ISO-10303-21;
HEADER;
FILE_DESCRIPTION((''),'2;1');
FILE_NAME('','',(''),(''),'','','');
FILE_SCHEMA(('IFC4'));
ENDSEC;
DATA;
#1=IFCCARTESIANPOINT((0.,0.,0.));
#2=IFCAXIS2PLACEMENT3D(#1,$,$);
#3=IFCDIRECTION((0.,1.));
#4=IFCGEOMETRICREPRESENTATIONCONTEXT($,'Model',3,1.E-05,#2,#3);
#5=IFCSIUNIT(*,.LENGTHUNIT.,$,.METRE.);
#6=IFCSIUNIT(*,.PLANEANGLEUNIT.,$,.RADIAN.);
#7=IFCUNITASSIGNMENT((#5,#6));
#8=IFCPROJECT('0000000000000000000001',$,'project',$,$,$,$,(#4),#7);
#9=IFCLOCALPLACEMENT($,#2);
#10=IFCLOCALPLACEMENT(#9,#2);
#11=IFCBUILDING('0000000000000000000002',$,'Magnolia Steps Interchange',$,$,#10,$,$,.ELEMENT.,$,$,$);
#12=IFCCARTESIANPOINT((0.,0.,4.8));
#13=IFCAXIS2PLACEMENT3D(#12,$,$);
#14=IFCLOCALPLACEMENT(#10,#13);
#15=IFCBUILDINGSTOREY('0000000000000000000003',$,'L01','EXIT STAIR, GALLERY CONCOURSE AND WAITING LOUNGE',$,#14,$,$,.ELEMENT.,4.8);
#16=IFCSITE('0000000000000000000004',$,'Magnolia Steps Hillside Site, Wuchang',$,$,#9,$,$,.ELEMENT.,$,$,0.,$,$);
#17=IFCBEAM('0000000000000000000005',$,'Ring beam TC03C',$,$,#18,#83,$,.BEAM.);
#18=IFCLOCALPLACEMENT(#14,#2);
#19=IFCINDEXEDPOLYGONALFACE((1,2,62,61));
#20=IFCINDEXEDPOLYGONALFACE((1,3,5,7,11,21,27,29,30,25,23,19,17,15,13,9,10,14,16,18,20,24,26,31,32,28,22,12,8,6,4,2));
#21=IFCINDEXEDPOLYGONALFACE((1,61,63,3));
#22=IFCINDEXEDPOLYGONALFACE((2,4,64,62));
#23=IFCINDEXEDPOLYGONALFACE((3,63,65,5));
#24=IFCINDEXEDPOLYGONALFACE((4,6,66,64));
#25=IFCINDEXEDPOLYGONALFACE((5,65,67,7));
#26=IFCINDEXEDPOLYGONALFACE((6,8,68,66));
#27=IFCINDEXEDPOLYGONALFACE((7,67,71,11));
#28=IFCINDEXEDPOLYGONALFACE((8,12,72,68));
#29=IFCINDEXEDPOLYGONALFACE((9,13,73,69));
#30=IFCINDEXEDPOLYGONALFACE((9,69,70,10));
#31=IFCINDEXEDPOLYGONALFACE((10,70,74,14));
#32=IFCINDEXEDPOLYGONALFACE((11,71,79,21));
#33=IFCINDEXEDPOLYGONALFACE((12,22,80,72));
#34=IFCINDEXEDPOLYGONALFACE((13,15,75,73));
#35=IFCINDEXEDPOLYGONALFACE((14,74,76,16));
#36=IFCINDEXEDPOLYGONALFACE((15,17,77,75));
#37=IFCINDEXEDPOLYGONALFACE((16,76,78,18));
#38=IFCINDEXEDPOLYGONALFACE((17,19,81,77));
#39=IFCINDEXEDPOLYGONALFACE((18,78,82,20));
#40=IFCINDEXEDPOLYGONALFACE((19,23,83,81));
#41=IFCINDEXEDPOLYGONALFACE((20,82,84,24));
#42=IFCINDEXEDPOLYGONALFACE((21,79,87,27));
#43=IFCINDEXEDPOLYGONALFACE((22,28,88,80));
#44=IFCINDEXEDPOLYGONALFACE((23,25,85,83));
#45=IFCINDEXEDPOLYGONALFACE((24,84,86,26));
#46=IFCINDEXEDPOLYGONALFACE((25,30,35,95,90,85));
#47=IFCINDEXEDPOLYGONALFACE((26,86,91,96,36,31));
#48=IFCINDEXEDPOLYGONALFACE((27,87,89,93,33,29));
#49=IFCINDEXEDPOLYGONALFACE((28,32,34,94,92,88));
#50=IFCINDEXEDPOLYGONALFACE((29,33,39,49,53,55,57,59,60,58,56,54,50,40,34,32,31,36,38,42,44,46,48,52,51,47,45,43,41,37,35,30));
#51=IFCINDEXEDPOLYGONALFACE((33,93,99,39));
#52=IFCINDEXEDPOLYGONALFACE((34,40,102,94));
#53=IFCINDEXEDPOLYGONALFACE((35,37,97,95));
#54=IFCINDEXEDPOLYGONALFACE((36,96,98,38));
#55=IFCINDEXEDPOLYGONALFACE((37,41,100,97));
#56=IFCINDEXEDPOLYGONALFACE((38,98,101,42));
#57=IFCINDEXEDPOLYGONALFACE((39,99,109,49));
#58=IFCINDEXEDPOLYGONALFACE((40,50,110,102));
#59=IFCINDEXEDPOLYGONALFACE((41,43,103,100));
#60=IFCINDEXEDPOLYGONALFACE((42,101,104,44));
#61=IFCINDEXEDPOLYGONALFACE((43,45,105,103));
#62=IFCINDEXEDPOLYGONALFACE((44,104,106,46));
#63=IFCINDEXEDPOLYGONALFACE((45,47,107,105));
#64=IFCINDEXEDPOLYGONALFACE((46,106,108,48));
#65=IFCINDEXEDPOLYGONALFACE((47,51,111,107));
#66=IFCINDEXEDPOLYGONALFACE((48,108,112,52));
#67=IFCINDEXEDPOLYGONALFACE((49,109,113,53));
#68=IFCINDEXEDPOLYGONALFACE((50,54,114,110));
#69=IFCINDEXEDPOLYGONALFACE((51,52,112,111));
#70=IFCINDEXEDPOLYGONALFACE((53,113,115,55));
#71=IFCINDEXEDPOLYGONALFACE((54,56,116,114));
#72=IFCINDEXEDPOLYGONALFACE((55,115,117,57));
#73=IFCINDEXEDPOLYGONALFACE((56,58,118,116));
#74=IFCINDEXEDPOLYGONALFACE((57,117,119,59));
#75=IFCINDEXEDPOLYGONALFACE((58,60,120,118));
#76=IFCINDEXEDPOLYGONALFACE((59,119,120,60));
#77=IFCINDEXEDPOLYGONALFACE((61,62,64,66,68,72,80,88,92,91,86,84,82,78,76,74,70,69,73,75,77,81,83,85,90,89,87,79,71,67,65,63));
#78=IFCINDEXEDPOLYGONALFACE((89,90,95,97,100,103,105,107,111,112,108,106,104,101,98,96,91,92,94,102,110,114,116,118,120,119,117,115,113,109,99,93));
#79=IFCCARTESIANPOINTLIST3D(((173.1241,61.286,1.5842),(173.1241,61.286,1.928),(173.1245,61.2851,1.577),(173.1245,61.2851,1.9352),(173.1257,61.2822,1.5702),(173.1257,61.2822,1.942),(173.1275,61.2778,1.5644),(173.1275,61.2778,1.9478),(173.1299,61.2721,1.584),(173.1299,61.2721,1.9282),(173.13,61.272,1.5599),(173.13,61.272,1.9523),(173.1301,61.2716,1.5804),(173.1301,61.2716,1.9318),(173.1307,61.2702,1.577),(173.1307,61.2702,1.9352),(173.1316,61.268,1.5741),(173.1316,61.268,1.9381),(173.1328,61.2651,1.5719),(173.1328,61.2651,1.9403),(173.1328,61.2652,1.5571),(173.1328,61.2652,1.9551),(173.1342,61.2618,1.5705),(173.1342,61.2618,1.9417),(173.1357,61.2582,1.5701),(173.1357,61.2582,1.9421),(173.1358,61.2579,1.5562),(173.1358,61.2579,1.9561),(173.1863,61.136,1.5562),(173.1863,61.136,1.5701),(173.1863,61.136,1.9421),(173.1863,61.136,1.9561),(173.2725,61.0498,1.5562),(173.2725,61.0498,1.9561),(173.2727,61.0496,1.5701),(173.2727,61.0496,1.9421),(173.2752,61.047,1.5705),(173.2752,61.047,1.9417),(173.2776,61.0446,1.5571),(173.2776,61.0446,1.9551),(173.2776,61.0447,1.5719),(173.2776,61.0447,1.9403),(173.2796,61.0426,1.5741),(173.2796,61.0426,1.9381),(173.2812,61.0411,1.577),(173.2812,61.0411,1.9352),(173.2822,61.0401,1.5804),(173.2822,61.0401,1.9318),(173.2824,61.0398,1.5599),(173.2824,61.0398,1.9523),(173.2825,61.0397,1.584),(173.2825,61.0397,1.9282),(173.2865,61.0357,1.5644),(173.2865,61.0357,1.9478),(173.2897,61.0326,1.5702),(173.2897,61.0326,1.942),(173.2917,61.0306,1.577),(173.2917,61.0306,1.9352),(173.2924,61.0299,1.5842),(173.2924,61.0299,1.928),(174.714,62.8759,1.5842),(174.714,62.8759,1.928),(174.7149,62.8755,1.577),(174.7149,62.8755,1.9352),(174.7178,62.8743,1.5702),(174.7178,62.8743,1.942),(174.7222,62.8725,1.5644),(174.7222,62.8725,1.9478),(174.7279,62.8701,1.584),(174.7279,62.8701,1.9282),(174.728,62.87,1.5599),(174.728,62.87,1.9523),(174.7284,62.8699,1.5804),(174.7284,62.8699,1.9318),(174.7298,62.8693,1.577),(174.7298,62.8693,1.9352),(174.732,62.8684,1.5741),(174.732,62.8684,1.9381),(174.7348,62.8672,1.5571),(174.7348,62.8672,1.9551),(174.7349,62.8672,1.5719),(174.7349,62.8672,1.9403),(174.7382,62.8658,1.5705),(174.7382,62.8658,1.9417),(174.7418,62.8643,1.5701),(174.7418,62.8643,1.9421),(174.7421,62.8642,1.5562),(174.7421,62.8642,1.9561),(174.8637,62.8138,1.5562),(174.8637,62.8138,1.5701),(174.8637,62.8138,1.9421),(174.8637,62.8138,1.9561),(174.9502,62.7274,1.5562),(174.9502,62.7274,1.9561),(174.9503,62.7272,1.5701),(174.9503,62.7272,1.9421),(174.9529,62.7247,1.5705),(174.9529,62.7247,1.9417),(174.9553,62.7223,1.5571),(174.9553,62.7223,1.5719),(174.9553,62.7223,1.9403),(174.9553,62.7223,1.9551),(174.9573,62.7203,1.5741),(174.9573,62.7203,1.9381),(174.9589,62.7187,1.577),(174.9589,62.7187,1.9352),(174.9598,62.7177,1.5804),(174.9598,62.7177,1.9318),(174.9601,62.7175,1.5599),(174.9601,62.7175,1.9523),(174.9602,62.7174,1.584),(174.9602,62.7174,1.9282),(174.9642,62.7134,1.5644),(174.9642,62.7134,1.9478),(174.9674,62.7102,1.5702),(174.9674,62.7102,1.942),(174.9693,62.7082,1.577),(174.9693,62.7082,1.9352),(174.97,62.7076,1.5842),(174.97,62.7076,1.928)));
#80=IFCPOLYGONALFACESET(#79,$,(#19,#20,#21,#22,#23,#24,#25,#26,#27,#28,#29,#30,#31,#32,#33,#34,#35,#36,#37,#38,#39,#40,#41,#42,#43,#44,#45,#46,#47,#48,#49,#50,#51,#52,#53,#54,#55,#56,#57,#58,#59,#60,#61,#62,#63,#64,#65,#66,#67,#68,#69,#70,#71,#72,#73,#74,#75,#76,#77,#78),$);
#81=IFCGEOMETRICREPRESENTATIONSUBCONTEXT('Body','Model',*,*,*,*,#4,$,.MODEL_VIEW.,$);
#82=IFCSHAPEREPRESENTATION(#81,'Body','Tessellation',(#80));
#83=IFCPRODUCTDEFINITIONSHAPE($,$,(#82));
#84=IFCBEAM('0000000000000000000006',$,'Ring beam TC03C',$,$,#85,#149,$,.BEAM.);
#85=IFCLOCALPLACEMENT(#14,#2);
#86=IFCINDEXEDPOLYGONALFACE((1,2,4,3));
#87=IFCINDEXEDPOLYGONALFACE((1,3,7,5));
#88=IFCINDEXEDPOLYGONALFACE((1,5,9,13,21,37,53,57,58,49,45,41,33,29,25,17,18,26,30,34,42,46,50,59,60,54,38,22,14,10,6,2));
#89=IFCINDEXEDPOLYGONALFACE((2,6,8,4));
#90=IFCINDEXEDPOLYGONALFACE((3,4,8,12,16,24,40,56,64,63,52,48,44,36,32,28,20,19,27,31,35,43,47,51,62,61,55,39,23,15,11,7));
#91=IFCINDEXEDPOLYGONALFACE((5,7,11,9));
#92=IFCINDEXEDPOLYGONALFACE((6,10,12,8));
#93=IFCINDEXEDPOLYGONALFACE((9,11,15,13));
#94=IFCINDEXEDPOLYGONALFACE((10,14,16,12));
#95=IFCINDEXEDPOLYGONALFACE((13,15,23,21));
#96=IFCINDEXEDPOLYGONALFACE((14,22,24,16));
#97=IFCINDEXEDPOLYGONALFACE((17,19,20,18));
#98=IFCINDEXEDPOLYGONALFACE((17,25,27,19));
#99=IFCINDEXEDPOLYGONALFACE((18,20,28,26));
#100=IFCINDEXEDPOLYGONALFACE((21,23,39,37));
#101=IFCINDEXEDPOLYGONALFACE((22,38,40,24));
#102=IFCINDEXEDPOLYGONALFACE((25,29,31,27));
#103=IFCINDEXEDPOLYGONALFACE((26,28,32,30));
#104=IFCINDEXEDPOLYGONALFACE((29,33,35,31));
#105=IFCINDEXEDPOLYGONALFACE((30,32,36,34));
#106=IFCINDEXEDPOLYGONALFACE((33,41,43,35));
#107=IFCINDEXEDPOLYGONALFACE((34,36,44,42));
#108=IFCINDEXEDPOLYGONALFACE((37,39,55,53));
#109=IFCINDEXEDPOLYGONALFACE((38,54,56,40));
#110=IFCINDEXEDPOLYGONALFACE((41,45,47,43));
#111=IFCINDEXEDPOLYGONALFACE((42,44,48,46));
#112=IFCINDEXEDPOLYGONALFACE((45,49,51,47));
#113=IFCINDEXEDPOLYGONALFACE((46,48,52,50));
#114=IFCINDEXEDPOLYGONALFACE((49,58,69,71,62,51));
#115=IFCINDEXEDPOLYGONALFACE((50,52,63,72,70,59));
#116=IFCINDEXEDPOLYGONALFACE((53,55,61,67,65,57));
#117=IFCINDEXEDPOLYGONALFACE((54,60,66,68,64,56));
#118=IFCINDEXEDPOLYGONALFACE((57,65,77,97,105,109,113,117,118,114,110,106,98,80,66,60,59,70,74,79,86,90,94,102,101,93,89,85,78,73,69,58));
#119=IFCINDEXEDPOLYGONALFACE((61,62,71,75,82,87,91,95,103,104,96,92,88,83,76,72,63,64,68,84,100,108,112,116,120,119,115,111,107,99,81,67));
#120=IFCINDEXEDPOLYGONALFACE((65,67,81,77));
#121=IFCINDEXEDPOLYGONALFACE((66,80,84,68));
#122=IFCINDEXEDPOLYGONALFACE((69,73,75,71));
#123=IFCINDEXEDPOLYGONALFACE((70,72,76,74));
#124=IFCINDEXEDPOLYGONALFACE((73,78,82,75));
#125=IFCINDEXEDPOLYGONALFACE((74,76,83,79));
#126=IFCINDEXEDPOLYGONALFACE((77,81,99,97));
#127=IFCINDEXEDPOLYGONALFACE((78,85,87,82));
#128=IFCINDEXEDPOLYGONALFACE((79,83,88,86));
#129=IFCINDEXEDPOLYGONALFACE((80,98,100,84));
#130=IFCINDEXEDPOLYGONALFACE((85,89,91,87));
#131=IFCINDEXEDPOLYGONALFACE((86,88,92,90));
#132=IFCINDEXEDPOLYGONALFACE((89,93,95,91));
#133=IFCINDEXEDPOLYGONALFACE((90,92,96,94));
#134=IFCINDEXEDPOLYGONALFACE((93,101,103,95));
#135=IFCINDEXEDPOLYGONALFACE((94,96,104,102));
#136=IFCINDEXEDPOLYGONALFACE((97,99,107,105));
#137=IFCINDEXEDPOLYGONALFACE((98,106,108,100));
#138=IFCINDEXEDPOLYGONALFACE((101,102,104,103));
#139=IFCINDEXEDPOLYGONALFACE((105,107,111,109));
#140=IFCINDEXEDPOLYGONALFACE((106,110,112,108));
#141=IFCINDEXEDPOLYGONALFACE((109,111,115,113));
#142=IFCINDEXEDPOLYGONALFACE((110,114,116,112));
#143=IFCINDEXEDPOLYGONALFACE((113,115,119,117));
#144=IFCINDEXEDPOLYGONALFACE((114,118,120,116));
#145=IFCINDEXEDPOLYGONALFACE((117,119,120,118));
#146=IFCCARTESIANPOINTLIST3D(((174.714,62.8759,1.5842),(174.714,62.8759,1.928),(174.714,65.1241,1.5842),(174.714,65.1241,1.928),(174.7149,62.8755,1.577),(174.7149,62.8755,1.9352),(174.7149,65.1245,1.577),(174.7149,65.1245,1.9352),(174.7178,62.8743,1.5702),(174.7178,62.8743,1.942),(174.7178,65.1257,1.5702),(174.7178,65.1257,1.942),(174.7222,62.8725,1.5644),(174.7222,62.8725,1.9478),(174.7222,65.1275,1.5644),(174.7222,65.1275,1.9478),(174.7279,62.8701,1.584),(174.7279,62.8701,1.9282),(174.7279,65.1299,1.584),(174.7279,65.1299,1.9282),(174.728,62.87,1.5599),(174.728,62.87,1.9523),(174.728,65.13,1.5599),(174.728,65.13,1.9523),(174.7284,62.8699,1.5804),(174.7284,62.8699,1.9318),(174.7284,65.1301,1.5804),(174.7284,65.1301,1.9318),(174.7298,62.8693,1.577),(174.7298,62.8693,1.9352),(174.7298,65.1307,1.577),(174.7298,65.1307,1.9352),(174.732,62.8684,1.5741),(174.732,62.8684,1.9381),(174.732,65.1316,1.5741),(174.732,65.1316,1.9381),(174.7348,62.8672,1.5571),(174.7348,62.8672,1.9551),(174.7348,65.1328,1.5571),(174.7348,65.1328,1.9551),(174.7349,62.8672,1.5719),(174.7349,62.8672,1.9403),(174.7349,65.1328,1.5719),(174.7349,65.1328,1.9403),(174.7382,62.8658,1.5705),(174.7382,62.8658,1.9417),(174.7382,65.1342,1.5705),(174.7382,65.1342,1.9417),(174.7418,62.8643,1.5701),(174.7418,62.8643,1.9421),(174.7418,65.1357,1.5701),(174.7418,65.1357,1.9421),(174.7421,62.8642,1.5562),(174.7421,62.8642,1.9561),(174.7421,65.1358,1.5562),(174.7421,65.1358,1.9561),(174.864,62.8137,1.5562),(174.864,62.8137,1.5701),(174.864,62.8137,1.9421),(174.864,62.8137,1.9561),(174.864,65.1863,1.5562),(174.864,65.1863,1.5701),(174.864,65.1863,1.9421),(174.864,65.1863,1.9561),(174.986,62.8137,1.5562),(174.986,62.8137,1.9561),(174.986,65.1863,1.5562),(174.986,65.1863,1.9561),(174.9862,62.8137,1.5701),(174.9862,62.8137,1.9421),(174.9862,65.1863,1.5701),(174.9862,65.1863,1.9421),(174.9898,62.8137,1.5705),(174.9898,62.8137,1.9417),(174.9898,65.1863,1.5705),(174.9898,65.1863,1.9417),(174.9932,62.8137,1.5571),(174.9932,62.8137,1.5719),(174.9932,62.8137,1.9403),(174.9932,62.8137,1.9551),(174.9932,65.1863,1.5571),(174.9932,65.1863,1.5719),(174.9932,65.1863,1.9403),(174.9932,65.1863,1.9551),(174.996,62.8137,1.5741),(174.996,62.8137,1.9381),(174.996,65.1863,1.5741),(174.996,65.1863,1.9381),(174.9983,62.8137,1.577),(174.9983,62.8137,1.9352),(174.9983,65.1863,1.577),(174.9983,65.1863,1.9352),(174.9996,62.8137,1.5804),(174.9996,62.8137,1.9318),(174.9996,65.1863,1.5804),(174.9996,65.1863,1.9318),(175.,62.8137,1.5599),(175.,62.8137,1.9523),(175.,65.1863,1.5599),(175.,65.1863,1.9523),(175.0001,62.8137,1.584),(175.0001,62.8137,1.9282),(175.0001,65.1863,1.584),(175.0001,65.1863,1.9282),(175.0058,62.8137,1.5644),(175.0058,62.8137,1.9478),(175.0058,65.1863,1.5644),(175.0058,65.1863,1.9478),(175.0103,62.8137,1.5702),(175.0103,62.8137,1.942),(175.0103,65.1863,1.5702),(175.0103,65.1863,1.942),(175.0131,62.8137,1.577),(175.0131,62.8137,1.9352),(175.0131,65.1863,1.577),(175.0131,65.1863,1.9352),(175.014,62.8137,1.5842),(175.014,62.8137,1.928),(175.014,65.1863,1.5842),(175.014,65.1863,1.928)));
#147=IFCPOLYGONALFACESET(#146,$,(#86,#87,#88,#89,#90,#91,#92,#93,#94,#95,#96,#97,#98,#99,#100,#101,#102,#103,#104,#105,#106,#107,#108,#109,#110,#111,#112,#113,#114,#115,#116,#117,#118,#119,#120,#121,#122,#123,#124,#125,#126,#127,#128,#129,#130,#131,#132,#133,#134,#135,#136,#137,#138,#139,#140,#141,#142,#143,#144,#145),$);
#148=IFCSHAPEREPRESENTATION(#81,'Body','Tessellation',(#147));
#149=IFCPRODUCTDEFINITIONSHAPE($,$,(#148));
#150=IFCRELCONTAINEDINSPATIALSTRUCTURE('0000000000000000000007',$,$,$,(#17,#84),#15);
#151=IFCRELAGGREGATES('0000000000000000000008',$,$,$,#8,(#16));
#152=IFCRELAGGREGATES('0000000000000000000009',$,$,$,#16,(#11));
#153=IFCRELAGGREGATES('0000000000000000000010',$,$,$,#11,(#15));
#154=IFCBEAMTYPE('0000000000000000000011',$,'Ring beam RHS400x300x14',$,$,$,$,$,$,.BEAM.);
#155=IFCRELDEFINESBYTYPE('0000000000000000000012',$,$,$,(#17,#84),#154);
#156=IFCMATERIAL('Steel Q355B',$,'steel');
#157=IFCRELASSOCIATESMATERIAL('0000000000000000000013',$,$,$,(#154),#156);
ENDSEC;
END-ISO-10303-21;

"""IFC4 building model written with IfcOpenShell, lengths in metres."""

from ifc_helpers import new_model, si_unit, direction, frame, origin, origin_2d, place, context, subcontext, project, spatial, hollow_rectangle, extrude, clip, halfspace, material, material_profile, profile_set, type_object, element, save


model = new_model("IFC4")

# Units and contexts
model_context = context("Model", 3, precision=1e-05, world=origin(), true_north=direction((0.0, 1.0)))
body_context = subcontext(model_context, "Body", "Model", "MODEL_VIEW")
ifc_project = project(units=[si_unit("LENGTHUNIT", "METRE"), si_unit("PLANEANGLEUNIT", "RADIAN")], contexts=[model_context])

# Site, building, storey
site_placement = place(None, origin())
site = spatial("IfcSite", under=ifc_project, at=site_placement, Name="Magnolia Steps Hillside Site, Wuchang", CompositionType="ELEMENT", RefElevation=0.0)
building_placement = place(site_placement, origin())
building = spatial("IfcBuilding", under=site, at=building_placement, Name="Magnolia Steps Interchange", CompositionType="ELEMENT")
storey_placement = place(building_placement, frame((0.0, 0.0, 4.8)))
storey = spatial("IfcBuildingStorey", under=building, at=storey_placement, Name="L01", Description="EXIT STAIR, GALLERY CONCOURSE AND WAITING LOUNGE", CompositionType="ELEMENT", Elevation=4.8)

# Beams
ifc_material_1 = material(Name="Steel Q355B", Category="steel")
ifc_material_profile_1 = material_profile(ifc_material_1, hollow_rectangle(XDim=0.3, YDim=0.3999, WallThickness=0.0139, InnerFilletRadius=0.0139, OuterFilletRadius=0.0281, at=origin_2d()), Name="RHS400x300x14")
ifc_profile_set_1 = profile_set([ifc_material_profile_1], Name="Steel Q355B")
beam_type_1 = type_object("IfcBeamType", Name="Ring beam RHS400x300x14", PredefinedType="BEAM", material=ifc_profile_set_1)
beam_1_placement = place(storey_placement, frame((173.1863, 61.136, 1.7561), z_axis=(0.707107, 0.707107, 0.0), x_axis=(-0.707107, 0.707107, 0.0)))
element("IfcBeam", 1, at=beam_1_placement, inside=storey, type_object=beam_type_1, Name="Ring beam TC03C", PredefinedType="BEAM", context=body_context, shape_type="Clipping", body=[
    clip(clip(extrude(hollow_rectangle(XDim=0.3, YDim=0.3999, WallThickness=0.0139, InnerFilletRadius=0.0139, OuterFilletRadius=0.0281, at=origin_2d()), origin(), (0.0, 0.0, 1.0), 2.3726), halfspace(frame((0.0, 0.0, 0.0), z_axis=(0.382683, 0.0, -0.92388), x_axis=(0.92388, 0.0, 0.382683)), False)), halfspace(frame((0.0, 0.0, 2.3727), z_axis=(0.382683, 0.0, 0.92388), x_axis=(0.92388, 0.0, -0.382683)), False)),
])
beam_2_placement = place(storey_placement, frame((174.864, 62.8137, 1.7561), z_axis=(0.0, 1.0, 0.0), x_axis=(-1.0, 0.0, 0.0)))
element("IfcBeam", 2, at=beam_2_placement, inside=storey, type_object=beam_type_1, Name="Ring beam TC03C", PredefinedType="BEAM", context=body_context, shape_type="Clipping", body=[
    clip(clip(extrude(hollow_rectangle(XDim=0.3, YDim=0.3999, WallThickness=0.0139, InnerFilletRadius=0.0139, OuterFilletRadius=0.0281, at=origin_2d()), origin(), (0.0, 0.0, 1.0), 2.3726), halfspace(frame((0.0, 0.0, 0.0), z_axis=(0.382683, 0.0, -0.92388), x_axis=(0.92388, 0.0, 0.382683)), False)), halfspace(frame((0.0, 0.0, 2.3726), z_axis=(0.382683, 0.0, 0.92388), x_axis=(0.92388, 0.0, -0.382683)), False)),
])

save(model, "model.ifc")
